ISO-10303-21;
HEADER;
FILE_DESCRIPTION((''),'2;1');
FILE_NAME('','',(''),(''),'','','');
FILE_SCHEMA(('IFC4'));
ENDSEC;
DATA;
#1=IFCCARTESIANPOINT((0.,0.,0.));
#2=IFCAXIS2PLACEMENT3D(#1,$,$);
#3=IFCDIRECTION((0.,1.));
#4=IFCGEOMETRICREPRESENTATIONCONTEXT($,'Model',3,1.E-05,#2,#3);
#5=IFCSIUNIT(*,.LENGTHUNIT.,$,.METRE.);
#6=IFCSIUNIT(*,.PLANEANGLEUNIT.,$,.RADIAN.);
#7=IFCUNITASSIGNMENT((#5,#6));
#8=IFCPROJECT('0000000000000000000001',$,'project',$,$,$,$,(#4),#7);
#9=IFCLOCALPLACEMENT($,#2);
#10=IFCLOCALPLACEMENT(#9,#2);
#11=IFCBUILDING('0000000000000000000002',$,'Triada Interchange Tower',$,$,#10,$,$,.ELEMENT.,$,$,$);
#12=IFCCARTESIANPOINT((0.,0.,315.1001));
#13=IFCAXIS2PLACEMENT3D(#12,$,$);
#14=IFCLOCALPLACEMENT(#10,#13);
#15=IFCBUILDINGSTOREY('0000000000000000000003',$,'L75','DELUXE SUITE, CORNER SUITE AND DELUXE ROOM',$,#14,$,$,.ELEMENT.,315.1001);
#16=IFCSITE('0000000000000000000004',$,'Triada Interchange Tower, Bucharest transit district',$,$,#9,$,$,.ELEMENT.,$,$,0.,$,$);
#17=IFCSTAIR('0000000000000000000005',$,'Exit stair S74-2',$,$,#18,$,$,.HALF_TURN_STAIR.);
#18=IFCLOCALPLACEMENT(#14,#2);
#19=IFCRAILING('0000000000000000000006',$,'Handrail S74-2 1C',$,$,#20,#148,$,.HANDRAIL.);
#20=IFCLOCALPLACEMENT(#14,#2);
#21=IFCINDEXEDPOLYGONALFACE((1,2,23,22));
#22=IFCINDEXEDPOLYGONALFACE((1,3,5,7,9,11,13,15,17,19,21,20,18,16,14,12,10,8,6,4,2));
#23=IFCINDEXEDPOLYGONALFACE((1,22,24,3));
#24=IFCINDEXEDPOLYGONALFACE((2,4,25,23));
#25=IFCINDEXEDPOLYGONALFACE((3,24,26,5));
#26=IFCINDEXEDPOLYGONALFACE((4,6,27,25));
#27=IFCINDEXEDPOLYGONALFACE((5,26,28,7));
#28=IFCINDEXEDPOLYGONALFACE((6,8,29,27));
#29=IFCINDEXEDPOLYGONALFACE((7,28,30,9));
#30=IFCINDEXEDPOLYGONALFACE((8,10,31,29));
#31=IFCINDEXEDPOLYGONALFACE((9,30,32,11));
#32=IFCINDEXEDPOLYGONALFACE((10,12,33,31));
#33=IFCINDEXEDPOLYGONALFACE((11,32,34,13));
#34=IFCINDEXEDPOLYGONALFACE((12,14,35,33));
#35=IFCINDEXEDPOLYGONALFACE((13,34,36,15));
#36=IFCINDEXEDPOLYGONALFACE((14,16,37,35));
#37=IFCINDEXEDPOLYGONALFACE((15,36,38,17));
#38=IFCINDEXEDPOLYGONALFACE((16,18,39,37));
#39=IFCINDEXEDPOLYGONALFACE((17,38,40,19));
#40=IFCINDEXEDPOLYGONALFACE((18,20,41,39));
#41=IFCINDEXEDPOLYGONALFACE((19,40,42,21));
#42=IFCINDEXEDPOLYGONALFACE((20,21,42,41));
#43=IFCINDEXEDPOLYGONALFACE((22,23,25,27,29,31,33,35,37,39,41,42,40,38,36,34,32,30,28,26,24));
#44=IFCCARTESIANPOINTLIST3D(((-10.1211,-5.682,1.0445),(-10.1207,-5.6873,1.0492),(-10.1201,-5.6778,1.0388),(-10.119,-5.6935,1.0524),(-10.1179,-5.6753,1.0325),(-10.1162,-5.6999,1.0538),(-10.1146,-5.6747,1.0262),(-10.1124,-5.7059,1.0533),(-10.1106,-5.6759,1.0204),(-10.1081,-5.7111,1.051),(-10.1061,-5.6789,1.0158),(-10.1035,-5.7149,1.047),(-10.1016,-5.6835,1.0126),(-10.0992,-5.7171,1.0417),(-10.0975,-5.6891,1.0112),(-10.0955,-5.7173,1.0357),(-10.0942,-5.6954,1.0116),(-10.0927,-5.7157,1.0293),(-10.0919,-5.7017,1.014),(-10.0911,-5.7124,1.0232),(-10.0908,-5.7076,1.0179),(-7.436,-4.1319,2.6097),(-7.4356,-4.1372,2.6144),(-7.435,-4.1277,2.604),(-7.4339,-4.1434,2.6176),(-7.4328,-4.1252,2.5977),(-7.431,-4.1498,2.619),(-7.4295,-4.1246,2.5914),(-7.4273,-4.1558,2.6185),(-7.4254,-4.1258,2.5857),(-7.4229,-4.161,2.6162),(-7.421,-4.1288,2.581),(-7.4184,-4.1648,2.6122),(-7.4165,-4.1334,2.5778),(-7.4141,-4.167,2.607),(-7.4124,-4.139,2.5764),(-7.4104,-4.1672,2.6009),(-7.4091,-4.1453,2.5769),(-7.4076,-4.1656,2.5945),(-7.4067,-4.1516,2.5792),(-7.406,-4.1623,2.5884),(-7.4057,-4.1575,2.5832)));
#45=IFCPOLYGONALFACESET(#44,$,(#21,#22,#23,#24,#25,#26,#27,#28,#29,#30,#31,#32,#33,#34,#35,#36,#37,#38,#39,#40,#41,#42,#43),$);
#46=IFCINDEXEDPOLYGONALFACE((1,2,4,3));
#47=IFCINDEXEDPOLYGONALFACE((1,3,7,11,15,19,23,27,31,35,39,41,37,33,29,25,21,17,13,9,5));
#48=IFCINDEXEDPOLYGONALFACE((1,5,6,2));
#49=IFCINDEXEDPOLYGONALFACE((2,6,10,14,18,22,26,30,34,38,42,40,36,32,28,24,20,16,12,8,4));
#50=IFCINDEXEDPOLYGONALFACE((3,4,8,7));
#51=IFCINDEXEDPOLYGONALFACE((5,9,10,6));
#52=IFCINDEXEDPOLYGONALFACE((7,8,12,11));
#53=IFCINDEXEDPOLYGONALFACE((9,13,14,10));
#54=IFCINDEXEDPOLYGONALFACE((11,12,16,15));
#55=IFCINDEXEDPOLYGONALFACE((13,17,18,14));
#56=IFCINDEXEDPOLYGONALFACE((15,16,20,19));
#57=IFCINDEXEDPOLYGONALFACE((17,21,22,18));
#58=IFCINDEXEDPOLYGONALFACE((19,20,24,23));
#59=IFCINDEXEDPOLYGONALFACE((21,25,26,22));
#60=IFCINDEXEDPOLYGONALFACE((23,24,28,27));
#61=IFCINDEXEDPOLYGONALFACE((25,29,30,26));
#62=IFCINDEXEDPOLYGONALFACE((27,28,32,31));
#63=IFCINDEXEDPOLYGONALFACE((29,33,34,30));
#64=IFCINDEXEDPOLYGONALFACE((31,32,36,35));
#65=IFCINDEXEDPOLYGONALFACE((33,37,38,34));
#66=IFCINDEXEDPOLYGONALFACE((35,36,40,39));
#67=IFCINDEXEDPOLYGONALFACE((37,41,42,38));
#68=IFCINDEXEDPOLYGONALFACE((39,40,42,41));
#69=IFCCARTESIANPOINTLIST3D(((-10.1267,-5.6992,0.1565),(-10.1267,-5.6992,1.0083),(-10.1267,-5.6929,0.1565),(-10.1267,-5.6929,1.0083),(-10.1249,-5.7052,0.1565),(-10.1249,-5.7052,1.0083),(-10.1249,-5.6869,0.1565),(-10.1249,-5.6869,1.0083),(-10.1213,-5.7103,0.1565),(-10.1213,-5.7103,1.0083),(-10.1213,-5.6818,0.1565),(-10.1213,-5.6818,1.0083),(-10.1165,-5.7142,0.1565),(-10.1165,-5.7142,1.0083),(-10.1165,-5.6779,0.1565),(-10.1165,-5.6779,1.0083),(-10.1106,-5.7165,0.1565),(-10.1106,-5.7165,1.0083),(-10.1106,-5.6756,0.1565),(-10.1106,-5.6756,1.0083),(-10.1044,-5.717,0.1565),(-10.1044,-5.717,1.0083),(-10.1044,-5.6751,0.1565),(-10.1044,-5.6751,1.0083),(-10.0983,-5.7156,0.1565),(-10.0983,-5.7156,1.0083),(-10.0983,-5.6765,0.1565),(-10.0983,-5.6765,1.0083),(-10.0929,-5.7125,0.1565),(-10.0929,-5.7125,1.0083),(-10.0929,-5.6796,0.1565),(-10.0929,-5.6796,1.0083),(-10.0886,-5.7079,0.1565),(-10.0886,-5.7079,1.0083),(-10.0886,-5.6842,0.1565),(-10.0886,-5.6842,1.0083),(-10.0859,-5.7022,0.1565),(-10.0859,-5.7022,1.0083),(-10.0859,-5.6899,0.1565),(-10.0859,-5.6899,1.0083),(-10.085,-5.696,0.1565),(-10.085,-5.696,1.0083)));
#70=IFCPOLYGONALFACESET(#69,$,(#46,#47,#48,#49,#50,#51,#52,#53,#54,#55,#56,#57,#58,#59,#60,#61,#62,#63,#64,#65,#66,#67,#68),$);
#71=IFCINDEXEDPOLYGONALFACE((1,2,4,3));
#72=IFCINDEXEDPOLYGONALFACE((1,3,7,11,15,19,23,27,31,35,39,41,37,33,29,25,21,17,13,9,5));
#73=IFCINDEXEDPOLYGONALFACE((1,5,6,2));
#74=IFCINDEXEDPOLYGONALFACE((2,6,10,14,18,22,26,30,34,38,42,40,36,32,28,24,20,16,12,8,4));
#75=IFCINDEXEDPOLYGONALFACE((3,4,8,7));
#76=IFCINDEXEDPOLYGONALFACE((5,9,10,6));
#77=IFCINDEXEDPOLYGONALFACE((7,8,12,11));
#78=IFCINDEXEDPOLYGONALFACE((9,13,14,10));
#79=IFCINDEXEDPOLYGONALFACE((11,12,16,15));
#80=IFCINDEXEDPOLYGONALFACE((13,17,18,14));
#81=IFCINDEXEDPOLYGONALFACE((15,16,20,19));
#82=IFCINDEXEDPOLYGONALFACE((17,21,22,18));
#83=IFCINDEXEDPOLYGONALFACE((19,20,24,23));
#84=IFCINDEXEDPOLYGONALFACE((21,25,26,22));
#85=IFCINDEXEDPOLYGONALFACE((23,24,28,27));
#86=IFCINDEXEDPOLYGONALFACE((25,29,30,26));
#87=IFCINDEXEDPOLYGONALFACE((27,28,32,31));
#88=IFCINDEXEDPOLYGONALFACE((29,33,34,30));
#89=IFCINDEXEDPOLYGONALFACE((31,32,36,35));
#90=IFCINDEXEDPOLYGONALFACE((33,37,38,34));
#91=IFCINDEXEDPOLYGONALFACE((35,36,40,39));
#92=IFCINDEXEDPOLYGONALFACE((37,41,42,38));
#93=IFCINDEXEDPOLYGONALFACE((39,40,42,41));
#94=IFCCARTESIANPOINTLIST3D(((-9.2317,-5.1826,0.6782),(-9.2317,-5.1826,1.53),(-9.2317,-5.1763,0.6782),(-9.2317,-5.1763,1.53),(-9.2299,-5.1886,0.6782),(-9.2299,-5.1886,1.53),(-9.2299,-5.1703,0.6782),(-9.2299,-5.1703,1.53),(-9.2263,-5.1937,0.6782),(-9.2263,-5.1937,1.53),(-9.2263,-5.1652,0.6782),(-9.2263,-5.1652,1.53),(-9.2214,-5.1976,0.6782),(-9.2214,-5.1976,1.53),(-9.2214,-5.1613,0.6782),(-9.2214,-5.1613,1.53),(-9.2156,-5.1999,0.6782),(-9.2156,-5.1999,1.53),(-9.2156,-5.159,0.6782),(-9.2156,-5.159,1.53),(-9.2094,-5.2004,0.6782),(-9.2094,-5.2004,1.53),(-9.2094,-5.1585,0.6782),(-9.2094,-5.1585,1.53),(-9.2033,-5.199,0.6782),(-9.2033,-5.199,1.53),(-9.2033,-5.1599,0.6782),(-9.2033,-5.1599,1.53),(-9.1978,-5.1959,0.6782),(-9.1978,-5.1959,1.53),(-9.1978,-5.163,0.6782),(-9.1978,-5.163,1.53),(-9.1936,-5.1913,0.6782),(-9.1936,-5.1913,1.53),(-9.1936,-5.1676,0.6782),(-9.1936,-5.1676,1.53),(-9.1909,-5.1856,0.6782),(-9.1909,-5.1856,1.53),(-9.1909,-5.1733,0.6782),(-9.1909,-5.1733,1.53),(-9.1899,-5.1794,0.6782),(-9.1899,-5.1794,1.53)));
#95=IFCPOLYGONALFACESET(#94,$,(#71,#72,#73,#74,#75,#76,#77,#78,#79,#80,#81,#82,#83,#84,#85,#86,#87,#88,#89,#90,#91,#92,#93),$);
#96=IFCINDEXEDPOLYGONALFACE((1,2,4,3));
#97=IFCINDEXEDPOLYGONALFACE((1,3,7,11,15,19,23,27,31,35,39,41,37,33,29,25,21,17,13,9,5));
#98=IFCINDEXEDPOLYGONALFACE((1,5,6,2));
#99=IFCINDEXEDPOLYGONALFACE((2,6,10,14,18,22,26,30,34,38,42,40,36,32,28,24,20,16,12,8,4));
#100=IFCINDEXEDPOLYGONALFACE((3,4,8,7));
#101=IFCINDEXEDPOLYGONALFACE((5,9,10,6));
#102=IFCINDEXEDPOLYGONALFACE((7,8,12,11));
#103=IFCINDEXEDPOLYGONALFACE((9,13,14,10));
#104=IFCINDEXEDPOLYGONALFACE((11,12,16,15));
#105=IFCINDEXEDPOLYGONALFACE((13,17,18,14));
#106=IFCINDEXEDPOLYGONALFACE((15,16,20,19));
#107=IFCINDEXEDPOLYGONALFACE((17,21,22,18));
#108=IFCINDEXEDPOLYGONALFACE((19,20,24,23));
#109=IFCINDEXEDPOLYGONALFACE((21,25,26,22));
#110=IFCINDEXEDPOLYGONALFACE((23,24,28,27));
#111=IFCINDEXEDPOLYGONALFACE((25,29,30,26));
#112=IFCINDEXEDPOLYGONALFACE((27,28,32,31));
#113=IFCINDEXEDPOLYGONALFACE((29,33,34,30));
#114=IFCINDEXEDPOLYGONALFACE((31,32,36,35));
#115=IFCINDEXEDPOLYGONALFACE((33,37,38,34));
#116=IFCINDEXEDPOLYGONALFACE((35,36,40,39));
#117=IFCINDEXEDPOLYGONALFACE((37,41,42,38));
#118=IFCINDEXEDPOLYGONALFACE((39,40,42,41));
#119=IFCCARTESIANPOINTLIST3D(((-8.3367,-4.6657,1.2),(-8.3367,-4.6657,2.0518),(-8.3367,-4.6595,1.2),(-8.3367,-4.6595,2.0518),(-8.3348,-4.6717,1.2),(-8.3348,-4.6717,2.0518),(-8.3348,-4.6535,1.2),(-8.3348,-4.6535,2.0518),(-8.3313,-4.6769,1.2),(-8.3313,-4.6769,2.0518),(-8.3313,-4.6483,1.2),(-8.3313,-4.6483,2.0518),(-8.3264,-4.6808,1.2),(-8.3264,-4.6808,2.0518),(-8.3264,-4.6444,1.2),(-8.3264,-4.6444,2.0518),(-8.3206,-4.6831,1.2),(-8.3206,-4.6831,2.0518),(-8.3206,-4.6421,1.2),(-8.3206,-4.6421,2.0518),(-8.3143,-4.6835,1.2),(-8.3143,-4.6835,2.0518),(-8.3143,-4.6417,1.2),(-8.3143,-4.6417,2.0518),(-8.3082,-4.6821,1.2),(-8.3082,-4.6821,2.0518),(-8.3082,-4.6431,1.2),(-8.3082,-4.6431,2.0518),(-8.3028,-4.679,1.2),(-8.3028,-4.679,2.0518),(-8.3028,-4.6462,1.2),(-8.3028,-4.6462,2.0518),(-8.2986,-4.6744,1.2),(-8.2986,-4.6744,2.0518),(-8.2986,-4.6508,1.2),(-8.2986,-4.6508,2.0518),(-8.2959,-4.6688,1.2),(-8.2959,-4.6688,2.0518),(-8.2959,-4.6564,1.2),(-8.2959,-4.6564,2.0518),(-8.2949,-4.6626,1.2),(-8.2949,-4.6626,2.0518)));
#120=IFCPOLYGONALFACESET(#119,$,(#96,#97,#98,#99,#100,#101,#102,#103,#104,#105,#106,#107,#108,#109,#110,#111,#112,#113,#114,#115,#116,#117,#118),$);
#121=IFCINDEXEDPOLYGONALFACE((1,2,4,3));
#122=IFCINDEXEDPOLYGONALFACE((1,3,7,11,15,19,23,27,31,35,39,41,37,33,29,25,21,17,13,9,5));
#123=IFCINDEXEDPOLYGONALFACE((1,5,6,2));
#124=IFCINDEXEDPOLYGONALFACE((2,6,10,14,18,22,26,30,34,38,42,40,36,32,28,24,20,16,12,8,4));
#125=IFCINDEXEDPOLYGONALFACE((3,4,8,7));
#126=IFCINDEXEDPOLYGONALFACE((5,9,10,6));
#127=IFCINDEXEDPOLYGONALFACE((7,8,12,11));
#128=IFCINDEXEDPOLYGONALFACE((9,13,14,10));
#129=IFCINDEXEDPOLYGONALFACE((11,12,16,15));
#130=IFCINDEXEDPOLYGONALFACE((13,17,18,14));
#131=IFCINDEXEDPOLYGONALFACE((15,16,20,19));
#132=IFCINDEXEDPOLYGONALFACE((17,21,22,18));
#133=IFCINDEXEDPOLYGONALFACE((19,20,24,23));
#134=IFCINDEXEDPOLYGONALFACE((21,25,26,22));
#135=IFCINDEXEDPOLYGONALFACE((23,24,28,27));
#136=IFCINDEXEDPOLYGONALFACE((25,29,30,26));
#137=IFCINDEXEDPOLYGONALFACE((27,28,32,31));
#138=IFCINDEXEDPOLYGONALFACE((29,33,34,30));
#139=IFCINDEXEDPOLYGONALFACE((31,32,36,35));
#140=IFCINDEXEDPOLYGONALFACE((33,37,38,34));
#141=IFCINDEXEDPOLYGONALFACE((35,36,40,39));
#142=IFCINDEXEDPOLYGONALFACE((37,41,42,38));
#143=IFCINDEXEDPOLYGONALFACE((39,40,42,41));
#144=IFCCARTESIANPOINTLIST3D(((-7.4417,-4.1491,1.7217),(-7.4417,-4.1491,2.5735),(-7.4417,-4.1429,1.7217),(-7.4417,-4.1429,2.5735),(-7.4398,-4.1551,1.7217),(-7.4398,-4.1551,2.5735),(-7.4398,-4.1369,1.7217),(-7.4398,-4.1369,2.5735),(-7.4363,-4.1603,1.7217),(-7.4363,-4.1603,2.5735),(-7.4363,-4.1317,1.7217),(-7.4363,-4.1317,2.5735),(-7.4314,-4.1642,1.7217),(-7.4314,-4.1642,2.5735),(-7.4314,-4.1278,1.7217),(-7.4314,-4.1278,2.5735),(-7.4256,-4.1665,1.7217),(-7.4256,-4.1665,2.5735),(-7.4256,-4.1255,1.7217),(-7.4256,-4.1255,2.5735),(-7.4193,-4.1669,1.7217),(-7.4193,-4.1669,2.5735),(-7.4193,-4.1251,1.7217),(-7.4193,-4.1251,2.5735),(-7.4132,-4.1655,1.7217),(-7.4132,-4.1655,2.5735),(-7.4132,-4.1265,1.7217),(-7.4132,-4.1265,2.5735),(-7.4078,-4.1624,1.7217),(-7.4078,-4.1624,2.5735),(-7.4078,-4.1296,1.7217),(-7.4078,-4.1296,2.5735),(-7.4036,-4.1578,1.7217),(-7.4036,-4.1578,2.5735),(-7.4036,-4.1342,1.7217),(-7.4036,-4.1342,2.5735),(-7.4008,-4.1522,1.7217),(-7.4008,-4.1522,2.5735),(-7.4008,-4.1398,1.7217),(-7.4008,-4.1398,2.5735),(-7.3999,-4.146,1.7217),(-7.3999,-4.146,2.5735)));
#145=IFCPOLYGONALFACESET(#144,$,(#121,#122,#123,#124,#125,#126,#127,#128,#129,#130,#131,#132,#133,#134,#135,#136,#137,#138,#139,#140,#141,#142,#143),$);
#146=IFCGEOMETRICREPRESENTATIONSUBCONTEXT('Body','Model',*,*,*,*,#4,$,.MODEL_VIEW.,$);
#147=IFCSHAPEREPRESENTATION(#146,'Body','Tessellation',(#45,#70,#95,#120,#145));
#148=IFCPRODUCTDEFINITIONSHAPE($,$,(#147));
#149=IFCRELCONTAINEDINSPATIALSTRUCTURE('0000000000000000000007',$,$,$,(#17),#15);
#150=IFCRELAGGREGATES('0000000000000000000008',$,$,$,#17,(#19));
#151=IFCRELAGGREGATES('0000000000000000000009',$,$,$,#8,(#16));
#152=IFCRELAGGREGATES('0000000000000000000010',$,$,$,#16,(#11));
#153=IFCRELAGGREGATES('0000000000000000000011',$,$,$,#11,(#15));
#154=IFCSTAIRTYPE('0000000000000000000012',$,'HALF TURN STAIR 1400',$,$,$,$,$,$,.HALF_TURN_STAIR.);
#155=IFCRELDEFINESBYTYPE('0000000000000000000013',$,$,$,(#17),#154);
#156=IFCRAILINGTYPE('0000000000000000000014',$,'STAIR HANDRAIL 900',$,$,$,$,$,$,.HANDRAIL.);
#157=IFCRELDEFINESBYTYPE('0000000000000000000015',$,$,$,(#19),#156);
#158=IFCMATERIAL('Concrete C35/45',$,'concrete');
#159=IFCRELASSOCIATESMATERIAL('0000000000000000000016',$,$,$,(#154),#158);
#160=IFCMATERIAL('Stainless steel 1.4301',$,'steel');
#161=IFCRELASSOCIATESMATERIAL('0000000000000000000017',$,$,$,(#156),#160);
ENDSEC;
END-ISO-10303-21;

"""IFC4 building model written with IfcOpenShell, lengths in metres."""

from ifc_helpers import new_model, si_unit, direction, frame, origin, origin_2d, place, context, subcontext, project, spatial, circle, extrude, material, type_object, element, aggregate, save


model = new_model("IFC4")

# Units and contexts
model_context = context("Model", 3, precision=1e-05, world=origin(), true_north=direction((0.0, 1.0)))
body_context = subcontext(model_context, "Body", "Model", "MODEL_VIEW")
ifc_project = project(units=[si_unit("LENGTHUNIT", "METRE"), si_unit("PLANEANGLEUNIT", "RADIAN")], contexts=[model_context])

# Site, building, storey
site_placement = place(None, origin())
site = spatial("IfcSite", under=ifc_project, at=site_placement, Name="Triada Interchange Tower, Bucharest transit district", CompositionType="ELEMENT", RefElevation=0.0)
building_placement = place(site_placement, origin())
building = spatial("IfcBuilding", under=site, at=building_placement, Name="Triada Interchange Tower", CompositionType="ELEMENT")
storey_placement = place(building_placement, frame((0.0, 0.0, 315.1001)))
storey = spatial("IfcBuildingStorey", under=building, at=storey_placement, Name="L75", Description="DELUXE SUITE, CORNER SUITE AND DELUXE ROOM", CompositionType="ELEMENT", Elevation=315.1001)

# Stair, railing
ifc_material_1 = material(Name="Concrete C35/45", Category="concrete")
stair_type = type_object("IfcStairType", Name="HALF TURN STAIR 1400", PredefinedType="HALF_TURN_STAIR", material=ifc_material_1)
stair_placement = place(storey_placement, origin())
stair = element("IfcStair", 1, at=stair_placement, inside=storey, type_object=stair_type, Name="Exit stair S74-2", PredefinedType="HALF_TURN_STAIR")
ifc_material_2 = material(Name="Stainless steel 1.4301", Category="steel")
railing_type = type_object("IfcRailingType", Name="STAIR HANDRAIL 900", PredefinedType="HANDRAIL", material=ifc_material_2)
railing_1_placement = place(storey_placement, frame((-10.106, -5.696, 0.1565)))
railing_1 = element("IfcRailing", 2, at=railing_1_placement, type_object=railing_type, Name="Handrail S74-2 1C", PredefinedType="HANDRAIL", context=body_context, shape_type="SweptSolid", body=[
    extrude(circle(Radius=0.0239, at=origin_2d()), frame((0.0, 0.0, 0.876), z_axis=(0.773115, 0.446309, 0.450667), x_axis=(-0.499959, 0.866049, 0.0)), (0.0, 0.0, 1.0), 3.4731),
    extrude(circle(Radius=0.021, at=origin_2d()), origin(), (0.0, 0.0, 1.0), 0.8518),
    extrude(circle(Radius=0.021, at=origin_2d()), frame((0.895, 0.5166, 0.5217)), (0.0, 0.0, 1.0), 0.8518),
    extrude(circle(Radius=0.021, at=origin_2d()), frame((1.79, 1.0334, 1.0435)), (0.0, 0.0, 1.0), 0.8518),
    extrude(circle(Radius=0.021, at=origin_2d()), frame((2.6851, 1.55, 1.5652)), (0.0, 0.0, 1.0), 0.8518),
])
aggregate(stair, [railing_1])

save(model, "model.ifc")
